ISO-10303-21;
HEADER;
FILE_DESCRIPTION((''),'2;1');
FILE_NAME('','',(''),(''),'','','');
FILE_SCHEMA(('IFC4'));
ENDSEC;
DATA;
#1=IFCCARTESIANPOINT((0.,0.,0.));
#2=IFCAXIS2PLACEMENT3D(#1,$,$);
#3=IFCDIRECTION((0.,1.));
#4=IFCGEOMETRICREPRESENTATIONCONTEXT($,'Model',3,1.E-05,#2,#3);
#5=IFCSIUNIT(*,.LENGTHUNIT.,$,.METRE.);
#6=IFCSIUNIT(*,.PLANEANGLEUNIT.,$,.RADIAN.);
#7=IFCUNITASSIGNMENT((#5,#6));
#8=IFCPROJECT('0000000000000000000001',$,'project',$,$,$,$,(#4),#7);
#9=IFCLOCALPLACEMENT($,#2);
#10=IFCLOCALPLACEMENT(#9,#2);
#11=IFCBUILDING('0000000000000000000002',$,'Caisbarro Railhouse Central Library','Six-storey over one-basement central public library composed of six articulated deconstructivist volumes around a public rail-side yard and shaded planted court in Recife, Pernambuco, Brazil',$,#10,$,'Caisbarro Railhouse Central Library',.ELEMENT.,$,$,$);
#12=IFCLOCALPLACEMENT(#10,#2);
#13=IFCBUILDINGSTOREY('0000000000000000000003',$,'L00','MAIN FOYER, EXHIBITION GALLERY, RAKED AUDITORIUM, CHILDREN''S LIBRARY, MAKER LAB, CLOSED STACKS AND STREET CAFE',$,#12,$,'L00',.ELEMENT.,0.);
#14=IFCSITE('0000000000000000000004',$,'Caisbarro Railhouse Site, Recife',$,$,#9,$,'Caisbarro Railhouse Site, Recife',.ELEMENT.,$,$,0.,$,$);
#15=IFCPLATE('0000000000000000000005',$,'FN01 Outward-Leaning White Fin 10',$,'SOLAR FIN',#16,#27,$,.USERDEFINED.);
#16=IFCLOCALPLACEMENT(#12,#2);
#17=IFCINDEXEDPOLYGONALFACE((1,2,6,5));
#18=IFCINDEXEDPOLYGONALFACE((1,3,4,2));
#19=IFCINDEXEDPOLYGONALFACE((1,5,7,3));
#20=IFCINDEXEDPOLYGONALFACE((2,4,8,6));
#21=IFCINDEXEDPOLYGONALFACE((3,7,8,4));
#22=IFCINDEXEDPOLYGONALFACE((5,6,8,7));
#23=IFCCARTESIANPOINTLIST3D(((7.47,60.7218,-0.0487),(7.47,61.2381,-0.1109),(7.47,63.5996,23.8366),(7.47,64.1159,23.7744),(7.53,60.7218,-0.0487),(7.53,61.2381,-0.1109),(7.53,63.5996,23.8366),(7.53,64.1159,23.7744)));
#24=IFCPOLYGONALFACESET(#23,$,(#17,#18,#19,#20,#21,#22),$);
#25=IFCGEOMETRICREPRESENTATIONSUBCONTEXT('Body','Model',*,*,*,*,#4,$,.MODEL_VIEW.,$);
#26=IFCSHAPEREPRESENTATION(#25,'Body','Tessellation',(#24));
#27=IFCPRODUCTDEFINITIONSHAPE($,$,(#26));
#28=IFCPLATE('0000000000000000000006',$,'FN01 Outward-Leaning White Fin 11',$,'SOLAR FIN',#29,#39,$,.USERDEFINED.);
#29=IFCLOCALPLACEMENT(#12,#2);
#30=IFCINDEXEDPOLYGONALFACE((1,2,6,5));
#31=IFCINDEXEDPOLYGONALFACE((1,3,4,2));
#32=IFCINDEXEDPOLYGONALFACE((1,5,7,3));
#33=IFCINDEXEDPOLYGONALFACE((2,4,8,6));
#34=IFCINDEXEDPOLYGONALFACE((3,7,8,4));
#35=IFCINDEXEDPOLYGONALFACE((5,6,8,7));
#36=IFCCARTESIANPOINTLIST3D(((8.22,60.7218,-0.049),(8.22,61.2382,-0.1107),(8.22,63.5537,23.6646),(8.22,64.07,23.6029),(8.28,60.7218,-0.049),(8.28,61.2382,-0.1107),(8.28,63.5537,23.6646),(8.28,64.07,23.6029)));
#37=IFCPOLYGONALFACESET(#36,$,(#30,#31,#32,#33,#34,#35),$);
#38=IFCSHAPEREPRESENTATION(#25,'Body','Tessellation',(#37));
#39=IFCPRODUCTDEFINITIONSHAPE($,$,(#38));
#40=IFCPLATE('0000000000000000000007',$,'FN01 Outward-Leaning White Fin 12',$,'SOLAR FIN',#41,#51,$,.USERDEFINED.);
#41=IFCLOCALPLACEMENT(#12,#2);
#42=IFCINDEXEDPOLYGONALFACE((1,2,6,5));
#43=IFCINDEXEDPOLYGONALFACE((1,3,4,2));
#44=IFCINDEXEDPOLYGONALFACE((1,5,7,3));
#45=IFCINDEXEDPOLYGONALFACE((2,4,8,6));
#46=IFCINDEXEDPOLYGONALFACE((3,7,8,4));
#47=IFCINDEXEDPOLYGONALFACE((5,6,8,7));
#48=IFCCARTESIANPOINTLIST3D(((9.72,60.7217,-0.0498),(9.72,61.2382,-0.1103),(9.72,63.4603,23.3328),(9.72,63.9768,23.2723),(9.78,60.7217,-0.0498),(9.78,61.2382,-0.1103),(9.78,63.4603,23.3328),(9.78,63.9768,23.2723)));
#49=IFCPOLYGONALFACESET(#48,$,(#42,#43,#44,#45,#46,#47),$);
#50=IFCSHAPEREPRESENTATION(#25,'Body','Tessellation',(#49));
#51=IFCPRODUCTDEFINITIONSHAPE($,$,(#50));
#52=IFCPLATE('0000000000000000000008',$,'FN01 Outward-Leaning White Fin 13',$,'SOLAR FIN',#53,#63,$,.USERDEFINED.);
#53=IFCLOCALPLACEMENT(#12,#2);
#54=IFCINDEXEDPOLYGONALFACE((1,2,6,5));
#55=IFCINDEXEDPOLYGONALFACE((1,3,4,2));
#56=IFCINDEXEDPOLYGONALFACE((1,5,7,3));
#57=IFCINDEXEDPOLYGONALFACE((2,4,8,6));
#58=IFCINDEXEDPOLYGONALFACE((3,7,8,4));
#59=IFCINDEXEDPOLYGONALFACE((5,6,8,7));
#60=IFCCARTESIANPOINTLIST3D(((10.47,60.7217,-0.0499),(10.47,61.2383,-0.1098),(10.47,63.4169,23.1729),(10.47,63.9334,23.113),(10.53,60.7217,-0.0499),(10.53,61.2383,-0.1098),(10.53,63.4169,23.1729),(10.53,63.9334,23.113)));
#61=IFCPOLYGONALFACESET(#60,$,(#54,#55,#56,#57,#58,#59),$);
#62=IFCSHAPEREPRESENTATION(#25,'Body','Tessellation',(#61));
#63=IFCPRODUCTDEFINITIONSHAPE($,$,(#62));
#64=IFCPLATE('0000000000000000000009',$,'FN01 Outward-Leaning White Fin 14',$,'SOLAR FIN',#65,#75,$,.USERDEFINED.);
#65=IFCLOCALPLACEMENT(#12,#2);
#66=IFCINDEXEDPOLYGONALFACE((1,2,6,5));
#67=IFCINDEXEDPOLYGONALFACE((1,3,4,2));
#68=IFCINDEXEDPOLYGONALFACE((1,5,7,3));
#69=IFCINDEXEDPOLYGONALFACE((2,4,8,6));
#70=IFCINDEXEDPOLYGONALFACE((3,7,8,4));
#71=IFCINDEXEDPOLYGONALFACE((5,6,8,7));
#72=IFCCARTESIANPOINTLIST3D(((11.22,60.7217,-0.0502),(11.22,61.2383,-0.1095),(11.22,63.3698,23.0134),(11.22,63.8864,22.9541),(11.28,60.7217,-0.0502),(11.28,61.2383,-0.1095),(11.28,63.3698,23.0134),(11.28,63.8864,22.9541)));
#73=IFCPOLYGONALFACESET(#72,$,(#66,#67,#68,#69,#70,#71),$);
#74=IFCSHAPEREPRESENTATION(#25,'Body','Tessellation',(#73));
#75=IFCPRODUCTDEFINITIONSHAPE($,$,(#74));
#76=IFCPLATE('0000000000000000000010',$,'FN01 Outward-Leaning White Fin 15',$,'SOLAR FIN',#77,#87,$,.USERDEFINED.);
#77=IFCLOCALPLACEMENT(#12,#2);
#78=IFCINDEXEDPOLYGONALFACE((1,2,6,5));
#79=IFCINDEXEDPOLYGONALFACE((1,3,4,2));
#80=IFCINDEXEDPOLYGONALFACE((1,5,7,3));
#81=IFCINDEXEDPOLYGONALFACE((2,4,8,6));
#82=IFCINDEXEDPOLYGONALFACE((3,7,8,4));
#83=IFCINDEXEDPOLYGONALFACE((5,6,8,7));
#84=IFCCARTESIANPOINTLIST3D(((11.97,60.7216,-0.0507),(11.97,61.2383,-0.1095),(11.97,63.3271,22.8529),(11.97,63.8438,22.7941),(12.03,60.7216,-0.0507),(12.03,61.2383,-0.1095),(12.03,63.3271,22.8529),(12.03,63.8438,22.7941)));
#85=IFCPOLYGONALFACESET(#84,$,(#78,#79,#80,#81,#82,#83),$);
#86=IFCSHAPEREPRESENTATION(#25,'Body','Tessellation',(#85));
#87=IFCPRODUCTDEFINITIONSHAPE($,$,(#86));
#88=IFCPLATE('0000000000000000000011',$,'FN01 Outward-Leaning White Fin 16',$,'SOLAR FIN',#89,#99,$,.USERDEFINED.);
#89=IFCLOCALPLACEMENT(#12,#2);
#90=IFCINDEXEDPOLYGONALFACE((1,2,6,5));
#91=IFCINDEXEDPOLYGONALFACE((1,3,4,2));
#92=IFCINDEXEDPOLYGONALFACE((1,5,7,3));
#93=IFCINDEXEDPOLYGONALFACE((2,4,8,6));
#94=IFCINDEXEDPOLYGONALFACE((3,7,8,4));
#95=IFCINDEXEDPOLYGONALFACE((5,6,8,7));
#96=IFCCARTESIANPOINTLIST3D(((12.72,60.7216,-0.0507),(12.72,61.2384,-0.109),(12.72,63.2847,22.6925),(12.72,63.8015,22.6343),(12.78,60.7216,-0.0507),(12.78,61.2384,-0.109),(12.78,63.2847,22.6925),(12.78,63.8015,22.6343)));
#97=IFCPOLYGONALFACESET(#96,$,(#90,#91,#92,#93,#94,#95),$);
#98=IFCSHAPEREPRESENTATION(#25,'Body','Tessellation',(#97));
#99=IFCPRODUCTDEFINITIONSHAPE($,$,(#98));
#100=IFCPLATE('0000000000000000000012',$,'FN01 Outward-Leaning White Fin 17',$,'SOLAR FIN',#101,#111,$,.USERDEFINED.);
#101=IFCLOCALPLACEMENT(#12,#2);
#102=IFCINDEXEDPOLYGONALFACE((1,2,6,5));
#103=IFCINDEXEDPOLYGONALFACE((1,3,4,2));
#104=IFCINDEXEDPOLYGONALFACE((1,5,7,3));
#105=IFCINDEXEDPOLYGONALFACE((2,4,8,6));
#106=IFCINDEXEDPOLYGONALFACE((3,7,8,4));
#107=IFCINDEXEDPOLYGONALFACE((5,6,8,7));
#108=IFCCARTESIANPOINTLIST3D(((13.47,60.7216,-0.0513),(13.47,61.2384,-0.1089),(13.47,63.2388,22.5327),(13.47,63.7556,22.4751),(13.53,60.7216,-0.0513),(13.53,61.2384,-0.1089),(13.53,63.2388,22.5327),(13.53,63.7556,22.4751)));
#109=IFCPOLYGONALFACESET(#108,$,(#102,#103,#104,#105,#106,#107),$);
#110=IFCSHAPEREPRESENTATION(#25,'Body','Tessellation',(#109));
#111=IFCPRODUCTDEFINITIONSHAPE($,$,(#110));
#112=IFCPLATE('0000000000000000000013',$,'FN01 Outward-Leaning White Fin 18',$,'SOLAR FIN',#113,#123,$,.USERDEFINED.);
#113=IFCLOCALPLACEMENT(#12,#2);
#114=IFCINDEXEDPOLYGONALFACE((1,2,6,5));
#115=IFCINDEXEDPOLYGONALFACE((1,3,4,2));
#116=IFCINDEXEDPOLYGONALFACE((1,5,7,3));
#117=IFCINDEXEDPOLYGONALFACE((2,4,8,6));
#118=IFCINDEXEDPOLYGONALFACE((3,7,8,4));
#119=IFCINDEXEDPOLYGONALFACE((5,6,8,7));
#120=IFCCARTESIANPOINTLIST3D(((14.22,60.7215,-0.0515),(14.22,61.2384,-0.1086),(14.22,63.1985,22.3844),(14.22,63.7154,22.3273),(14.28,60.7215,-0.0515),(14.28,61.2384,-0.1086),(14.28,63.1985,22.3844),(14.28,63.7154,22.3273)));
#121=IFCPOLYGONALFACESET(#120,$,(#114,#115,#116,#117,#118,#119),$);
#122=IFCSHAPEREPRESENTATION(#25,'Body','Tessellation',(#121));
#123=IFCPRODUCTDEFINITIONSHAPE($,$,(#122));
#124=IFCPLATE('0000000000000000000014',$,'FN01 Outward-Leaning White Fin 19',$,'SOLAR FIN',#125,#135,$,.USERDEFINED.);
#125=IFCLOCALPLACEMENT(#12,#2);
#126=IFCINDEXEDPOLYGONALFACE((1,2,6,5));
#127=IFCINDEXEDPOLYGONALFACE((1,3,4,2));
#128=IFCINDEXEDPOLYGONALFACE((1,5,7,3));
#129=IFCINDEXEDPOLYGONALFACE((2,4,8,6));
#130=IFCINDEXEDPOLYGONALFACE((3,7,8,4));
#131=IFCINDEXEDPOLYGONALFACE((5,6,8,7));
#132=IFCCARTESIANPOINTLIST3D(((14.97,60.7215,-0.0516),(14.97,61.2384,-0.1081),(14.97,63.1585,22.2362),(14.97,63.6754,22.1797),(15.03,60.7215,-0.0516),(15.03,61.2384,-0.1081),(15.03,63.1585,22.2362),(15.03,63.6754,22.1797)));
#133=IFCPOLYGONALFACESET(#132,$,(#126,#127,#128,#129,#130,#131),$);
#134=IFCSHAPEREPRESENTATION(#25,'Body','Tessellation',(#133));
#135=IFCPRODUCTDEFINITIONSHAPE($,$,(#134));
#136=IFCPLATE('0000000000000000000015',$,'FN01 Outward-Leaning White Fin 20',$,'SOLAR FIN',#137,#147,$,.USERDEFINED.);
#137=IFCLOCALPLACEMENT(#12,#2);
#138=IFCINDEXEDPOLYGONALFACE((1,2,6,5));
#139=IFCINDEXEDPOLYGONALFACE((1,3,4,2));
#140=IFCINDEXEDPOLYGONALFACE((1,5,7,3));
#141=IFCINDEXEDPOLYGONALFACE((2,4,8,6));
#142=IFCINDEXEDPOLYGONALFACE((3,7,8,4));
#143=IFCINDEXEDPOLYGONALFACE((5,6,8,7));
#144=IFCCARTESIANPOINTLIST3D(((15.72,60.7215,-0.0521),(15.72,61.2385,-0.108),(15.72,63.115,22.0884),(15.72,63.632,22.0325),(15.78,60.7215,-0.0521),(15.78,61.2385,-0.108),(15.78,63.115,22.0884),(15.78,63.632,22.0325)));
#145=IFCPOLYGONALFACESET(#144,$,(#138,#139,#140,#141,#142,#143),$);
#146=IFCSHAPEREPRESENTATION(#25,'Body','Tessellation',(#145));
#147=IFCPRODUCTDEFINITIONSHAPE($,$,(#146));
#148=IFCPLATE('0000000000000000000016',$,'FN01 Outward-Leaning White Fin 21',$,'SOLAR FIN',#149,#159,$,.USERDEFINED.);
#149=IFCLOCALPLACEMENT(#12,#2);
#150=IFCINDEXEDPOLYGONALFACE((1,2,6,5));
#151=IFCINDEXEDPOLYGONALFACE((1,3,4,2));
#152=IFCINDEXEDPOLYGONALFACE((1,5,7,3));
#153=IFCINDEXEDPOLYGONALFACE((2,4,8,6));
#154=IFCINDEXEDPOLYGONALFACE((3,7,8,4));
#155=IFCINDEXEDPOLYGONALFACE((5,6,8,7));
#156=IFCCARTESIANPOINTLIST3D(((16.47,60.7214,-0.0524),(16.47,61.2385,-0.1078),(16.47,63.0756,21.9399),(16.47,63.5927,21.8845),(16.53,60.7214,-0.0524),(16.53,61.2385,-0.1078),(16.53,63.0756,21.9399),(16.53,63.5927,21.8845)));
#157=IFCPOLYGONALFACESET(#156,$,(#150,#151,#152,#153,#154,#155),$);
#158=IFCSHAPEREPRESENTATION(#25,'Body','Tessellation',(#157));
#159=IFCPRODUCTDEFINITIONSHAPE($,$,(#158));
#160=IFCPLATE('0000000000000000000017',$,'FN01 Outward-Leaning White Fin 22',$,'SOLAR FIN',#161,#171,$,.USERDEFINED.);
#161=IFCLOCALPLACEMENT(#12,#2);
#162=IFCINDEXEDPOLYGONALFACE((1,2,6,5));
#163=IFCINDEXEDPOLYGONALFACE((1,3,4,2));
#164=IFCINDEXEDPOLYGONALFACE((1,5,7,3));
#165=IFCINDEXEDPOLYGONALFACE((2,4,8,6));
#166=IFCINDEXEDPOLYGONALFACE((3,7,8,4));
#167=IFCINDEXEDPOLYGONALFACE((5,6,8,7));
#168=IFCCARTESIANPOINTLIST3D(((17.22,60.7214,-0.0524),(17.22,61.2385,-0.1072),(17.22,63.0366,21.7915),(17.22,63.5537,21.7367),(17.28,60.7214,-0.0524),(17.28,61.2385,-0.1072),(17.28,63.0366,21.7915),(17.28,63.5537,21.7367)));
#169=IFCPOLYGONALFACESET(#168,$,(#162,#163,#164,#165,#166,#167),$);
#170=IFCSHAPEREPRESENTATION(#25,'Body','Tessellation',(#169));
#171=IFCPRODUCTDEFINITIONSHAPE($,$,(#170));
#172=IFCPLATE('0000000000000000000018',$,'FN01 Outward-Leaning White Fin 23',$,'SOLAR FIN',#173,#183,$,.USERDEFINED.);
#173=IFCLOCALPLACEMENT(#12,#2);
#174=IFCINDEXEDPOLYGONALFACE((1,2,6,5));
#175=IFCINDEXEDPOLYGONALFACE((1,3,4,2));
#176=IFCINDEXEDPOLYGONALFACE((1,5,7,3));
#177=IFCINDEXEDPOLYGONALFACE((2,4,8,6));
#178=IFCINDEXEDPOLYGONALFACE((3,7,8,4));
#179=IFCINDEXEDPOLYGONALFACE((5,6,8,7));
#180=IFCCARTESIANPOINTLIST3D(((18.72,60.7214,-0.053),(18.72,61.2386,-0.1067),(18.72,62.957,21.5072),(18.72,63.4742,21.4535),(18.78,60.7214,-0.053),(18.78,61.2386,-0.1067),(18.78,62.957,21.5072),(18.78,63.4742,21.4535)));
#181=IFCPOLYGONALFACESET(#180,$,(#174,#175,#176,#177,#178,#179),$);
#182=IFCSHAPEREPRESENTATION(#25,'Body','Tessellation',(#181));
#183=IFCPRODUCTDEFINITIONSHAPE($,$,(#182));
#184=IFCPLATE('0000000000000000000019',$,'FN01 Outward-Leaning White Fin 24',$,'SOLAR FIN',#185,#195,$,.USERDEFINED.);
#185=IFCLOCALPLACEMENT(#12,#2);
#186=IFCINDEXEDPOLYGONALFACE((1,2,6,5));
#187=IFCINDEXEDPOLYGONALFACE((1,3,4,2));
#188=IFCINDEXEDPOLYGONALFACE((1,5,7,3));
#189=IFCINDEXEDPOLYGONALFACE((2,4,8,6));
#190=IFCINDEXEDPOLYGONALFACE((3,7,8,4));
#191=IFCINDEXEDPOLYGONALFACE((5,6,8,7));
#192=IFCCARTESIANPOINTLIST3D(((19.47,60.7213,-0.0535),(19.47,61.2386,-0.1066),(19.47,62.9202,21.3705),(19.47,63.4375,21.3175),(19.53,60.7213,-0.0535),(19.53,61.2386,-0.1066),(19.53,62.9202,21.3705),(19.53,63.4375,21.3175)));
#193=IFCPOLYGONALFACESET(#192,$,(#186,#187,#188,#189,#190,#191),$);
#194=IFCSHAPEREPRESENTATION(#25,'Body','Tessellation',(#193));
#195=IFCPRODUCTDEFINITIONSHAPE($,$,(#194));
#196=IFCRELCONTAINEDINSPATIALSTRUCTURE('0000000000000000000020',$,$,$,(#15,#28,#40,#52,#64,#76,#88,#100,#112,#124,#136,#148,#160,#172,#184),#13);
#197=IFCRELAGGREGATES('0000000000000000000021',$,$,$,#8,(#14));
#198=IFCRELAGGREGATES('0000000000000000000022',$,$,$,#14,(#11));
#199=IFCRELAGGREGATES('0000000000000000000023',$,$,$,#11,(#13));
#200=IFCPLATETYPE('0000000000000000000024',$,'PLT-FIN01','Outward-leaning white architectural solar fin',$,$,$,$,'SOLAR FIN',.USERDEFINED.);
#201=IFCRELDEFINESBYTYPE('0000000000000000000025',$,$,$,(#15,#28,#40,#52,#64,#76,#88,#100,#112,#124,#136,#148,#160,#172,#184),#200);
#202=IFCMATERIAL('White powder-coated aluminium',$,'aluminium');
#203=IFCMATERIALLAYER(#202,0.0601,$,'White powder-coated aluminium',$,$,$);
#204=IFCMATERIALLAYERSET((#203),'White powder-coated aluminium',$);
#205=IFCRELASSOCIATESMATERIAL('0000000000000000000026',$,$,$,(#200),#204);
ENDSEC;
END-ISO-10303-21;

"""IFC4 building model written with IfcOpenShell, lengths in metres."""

from ifc_helpers import new_model, si_unit, direction, frame, origin, origin_2d, place, context, subcontext, project, spatial, rectangle, extrude, material, layer, layer_set, type_object, element, save


model = new_model("IFC4")

# Units and contexts
model_context = context("Model", 3, precision=1e-05, world=origin(), true_north=direction((0.0, 1.0)))
body_context = subcontext(model_context, "Body", "Model", "MODEL_VIEW")
ifc_project = project(units=[si_unit("LENGTHUNIT", "METRE"), si_unit("PLANEANGLEUNIT", "RADIAN")], contexts=[model_context])

# Site, building, storey
site_placement = place(None, origin())
site = spatial("IfcSite", under=ifc_project, at=site_placement, Name="Caisbarro Railhouse Site, Recife", LongName="Caisbarro Railhouse Site, Recife", CompositionType="ELEMENT", RefElevation=0.0)
building_placement = place(site_placement, origin())
building = spatial("IfcBuilding", under=site, at=building_placement, Name="Caisbarro Railhouse Central Library", Description="Six-storey over one-basement central public library composed of six articulated deconstructivist volumes around a public rail-side yard and shaded planted court in Recife, Pernambuco, Brazil", LongName="Caisbarro Railhouse Central Library", CompositionType="ELEMENT")
storey_placement = place(building_placement, origin())
storey = spatial("IfcBuildingStorey", under=building, at=storey_placement, Name="L00", Description="MAIN FOYER, EXHIBITION GALLERY, RAKED AUDITORIUM, CHILDREN'S LIBRARY, MAKER LAB, CLOSED STACKS AND STREET CAFE", LongName="L00", CompositionType="ELEMENT", Elevation=0.0)

# Plates
ifc_material_1 = material(Name="White powder-coated aluminium", Category="aluminium")
ifc_layer_1 = layer(ifc_material_1, 0.0601, Name="White powder-coated aluminium")
ifc_layer_set_1 = layer_set([ifc_layer_1], Name="White powder-coated aluminium")
plate_type = type_object("IfcPlateType", Name="PLT-FIN01", Description="Outward-leaning white architectural solar fin", ElementType="SOLAR FIN", PredefinedType="USERDEFINED", material=ifc_layer_set_1)
plate_1_placement = place(storey_placement, frame((7.5, 60.98, -0.0798), z_axis=(0.0, 0.119617, 0.99282), x_axis=(1.0, 0.0, 0.0)))
element("IfcPlate", 1, at=plate_1_placement, inside=storey, type_object=plate_type, Name="FN01 Outward-Leaning White Fin 10", ObjectType="SOLAR FIN", PredefinedType="USERDEFINED", context=body_context, shape_type="SweptSolid", body=[
    extrude(rectangle(XDim=0.0601, YDim=0.52, at=origin_2d()), origin(), (0.0, 0.0, 1.0), 24.0581),
])
plate_2_placement = place(storey_placement, frame((8.25, 60.98, -0.0798), z_axis=(0.0, 0.118577, 0.992945), x_axis=(1.0, 0.0, 0.0)))
element("IfcPlate", 2, at=plate_2_placement, inside=storey, type_object=plate_type, Name="FN01 Outward-Leaning White Fin 11", ObjectType="SOLAR FIN", PredefinedType="USERDEFINED", context=body_context, shape_type="SweptSolid", body=[
    extrude(rectangle(XDim=0.0601, YDim=0.52, at=origin_2d()), origin(), (0.0, 0.0, 1.0), 23.8821),
])
plate_3_placement = place(storey_placement, frame((9.75, 60.98, -0.0801), z_axis=(0.0, 0.116324, 0.993211), x_axis=(1.0, 0.0, 0.0)))
element("IfcPlate", 3, at=plate_3_placement, inside=storey, type_object=plate_type, Name="FN01 Outward-Leaning White Fin 12", ObjectType="SOLAR FIN", PredefinedType="USERDEFINED", context=body_context, shape_type="SweptSolid", body=[
    extrude(rectangle(XDim=0.0601, YDim=0.52, at=origin_2d()), origin(), (0.0, 0.0, 1.0), 23.5425),
])
plate_4_placement = place(storey_placement, frame((10.5, 60.98, -0.0798), z_axis=(0.0, 0.115284, 0.993333), x_axis=(1.0, 0.0, 0.0)))
element("IfcPlate", 4, at=plate_4_placement, inside=storey, type_object=plate_type, Name="FN01 Outward-Leaning White Fin 13", ObjectType="SOLAR FIN", PredefinedType="USERDEFINED", context=body_context, shape_type="SweptSolid", body=[
    extrude(rectangle(XDim=0.0601, YDim=0.52, at=origin_2d()), origin(), (0.0, 0.0, 1.0), 23.3787),
])
plate_5_placement = place(storey_placement, frame((11.25, 60.98, -0.0798), z_axis=(0.0, 0.11407, 0.993473), x_axis=(1.0, 0.0, 0.0)))
element("IfcPlate", 5, at=plate_5_placement, inside=storey, type_object=plate_type, Name="FN01 Outward-Leaning White Fin 14", ObjectType="SOLAR FIN", PredefinedType="USERDEFINED", context=body_context, shape_type="SweptSolid", body=[
    extrude(rectangle(XDim=0.0601, YDim=0.52, at=origin_2d()), origin(), (0.0, 0.0, 1.0), 23.2151),
])
plate_6_placement = place(storey_placement, frame((12.0, 60.98, -0.0801), z_axis=(0.0, 0.11303, 0.993592), x_axis=(1.0, 0.0, 0.0)))
element("IfcPlate", 6, at=plate_6_placement, inside=storey, type_object=plate_type, Name="FN01 Outward-Leaning White Fin 15", ObjectType="SOLAR FIN", PredefinedType="USERDEFINED", context=body_context, shape_type="SweptSolid", body=[
    extrude(rectangle(XDim=0.0601, YDim=0.52, at=origin_2d()), origin(), (0.0, 0.0, 1.0), 23.0513),
])
plate_7_placement = place(storey_placement, frame((12.75, 60.98, -0.0798), z_axis=(0.0, 0.111989, 0.993709), x_axis=(1.0, 0.0, 0.0)))
element("IfcPlate", 7, at=plate_7_placement, inside=storey, type_object=plate_type, Name="FN01 Outward-Leaning White Fin 16", ObjectType="SOLAR FIN", PredefinedType="USERDEFINED", context=body_context, shape_type="SweptSolid", body=[
    extrude(rectangle(XDim=0.0601, YDim=0.52, at=origin_2d()), origin(), (0.0, 0.0, 1.0), 22.8872),
])
plate_8_placement = place(storey_placement, frame((13.5, 60.98, -0.0801), z_axis=(0.0, 0.110775, 0.993845), x_axis=(1.0, 0.0, 0.0)))
element("IfcPlate", 8, at=plate_8_placement, inside=storey, type_object=plate_type, Name="FN01 Outward-Leaning White Fin 17", ObjectType="SOLAR FIN", PredefinedType="USERDEFINED", context=body_context, shape_type="SweptSolid", body=[
    extrude(rectangle(XDim=0.0601, YDim=0.52, at=origin_2d()), origin(), (0.0, 0.0, 1.0), 22.7239),
])
plate_9_placement = place(storey_placement, frame((14.25, 60.98, -0.0801), z_axis=(0.0, 0.109734, 0.993961), x_axis=(1.0, 0.0, 0.0)))
element("IfcPlate", 9, at=plate_9_placement, inside=storey, type_object=plate_type, Name="FN01 Outward-Leaning White Fin 18", ObjectType="SOLAR FIN", PredefinedType="USERDEFINED", context=body_context, shape_type="SweptSolid", body=[
    extrude(rectangle(XDim=0.0601, YDim=0.52, at=origin_2d()), origin(), (0.0, 0.0, 1.0), 22.5723),
])
plate_10_placement = place(storey_placement, frame((15.0, 60.98, -0.0798), z_axis=(0.0, 0.108693, 0.994075), x_axis=(1.0, 0.0, 0.0)))
element("IfcPlate", 10, at=plate_10_placement, inside=storey, type_object=plate_type, Name="FN01 Outward-Leaning White Fin 19", ObjectType="SOLAR FIN", PredefinedType="USERDEFINED", context=body_context, shape_type="SweptSolid", body=[
    extrude(rectangle(XDim=0.0601, YDim=0.52, at=origin_2d()), origin(), (0.0, 0.0, 1.0), 22.4207),
])
plate_11_placement = place(storey_placement, frame((15.75, 60.98, -0.0801), z_axis=(0.0, 0.107479, 0.994207), x_axis=(1.0, 0.0, 0.0)))
element("IfcPlate", 11, at=plate_11_placement, inside=storey, type_object=plate_type, Name="FN01 Outward-Leaning White Fin 20", ObjectType="SOLAR FIN", PredefinedType="USERDEFINED", context=body_context, shape_type="SweptSolid", body=[
    extrude(rectangle(XDim=0.0601, YDim=0.52, at=origin_2d()), origin(), (0.0, 0.0, 1.0), 22.2695),
])
plate_12_placement = place(storey_placement, frame((16.5, 60.98, -0.0801), z_axis=(0.0, 0.106438, 0.994319), x_axis=(1.0, 0.0, 0.0)))
element("IfcPlate", 12, at=plate_12_placement, inside=storey, type_object=plate_type, Name="FN01 Outward-Leaning White Fin 21", ObjectType="SOLAR FIN", PredefinedType="USERDEFINED", context=body_context, shape_type="SweptSolid", body=[
    extrude(rectangle(XDim=0.0601, YDim=0.52, at=origin_2d()), origin(), (0.0, 0.0, 1.0), 22.1179),
])
plate_13_placement = place(storey_placement, frame((17.25, 60.98, -0.0798), z_axis=(0.0, 0.105396, 0.99443), x_axis=(1.0, 0.0, 0.0)))
element("IfcPlate", 13, at=plate_13_placement, inside=storey, type_object=plate_type, Name="FN01 Outward-Leaning White Fin 22", ObjectType="SOLAR FIN", PredefinedType="USERDEFINED", context=body_context, shape_type="SweptSolid", body=[
    extrude(rectangle(XDim=0.0601, YDim=0.52, at=origin_2d()), origin(), (0.0, 0.0, 1.0), 21.9663),
])
plate_14_placement = place(storey_placement, frame((18.75, 60.98, -0.0798), z_axis=(0.0, 0.10314, 0.994667), x_axis=(1.0, 0.0, 0.0)))
element("IfcPlate", 14, at=plate_14_placement, inside=storey, type_object=plate_type, Name="FN01 Outward-Leaning White Fin 23", ObjectType="SOLAR FIN", PredefinedType="USERDEFINED", context=body_context, shape_type="SweptSolid", body=[
    extrude(rectangle(XDim=0.0601, YDim=0.52, at=origin_2d()), origin(), (0.0, 0.0, 1.0), 21.6758),
])
plate_15_placement = place(storey_placement, frame((19.5, 60.98, -0.0801), z_axis=(0.0, 0.102098, 0.994774), x_axis=(1.0, 0.0, 0.0)))
element("IfcPlate", 15, at=plate_15_placement, inside=storey, type_object=plate_type, Name="FN01 Outward-Leaning White Fin 24", ObjectType="SOLAR FIN", PredefinedType="USERDEFINED", context=body_context, shape_type="SweptSolid", body=[
    extrude(rectangle(XDim=0.0601, YDim=0.52, at=origin_2d()), origin(), (0.0, 0.0, 1.0), 21.5366),
])

save(model, "model.ifc")
